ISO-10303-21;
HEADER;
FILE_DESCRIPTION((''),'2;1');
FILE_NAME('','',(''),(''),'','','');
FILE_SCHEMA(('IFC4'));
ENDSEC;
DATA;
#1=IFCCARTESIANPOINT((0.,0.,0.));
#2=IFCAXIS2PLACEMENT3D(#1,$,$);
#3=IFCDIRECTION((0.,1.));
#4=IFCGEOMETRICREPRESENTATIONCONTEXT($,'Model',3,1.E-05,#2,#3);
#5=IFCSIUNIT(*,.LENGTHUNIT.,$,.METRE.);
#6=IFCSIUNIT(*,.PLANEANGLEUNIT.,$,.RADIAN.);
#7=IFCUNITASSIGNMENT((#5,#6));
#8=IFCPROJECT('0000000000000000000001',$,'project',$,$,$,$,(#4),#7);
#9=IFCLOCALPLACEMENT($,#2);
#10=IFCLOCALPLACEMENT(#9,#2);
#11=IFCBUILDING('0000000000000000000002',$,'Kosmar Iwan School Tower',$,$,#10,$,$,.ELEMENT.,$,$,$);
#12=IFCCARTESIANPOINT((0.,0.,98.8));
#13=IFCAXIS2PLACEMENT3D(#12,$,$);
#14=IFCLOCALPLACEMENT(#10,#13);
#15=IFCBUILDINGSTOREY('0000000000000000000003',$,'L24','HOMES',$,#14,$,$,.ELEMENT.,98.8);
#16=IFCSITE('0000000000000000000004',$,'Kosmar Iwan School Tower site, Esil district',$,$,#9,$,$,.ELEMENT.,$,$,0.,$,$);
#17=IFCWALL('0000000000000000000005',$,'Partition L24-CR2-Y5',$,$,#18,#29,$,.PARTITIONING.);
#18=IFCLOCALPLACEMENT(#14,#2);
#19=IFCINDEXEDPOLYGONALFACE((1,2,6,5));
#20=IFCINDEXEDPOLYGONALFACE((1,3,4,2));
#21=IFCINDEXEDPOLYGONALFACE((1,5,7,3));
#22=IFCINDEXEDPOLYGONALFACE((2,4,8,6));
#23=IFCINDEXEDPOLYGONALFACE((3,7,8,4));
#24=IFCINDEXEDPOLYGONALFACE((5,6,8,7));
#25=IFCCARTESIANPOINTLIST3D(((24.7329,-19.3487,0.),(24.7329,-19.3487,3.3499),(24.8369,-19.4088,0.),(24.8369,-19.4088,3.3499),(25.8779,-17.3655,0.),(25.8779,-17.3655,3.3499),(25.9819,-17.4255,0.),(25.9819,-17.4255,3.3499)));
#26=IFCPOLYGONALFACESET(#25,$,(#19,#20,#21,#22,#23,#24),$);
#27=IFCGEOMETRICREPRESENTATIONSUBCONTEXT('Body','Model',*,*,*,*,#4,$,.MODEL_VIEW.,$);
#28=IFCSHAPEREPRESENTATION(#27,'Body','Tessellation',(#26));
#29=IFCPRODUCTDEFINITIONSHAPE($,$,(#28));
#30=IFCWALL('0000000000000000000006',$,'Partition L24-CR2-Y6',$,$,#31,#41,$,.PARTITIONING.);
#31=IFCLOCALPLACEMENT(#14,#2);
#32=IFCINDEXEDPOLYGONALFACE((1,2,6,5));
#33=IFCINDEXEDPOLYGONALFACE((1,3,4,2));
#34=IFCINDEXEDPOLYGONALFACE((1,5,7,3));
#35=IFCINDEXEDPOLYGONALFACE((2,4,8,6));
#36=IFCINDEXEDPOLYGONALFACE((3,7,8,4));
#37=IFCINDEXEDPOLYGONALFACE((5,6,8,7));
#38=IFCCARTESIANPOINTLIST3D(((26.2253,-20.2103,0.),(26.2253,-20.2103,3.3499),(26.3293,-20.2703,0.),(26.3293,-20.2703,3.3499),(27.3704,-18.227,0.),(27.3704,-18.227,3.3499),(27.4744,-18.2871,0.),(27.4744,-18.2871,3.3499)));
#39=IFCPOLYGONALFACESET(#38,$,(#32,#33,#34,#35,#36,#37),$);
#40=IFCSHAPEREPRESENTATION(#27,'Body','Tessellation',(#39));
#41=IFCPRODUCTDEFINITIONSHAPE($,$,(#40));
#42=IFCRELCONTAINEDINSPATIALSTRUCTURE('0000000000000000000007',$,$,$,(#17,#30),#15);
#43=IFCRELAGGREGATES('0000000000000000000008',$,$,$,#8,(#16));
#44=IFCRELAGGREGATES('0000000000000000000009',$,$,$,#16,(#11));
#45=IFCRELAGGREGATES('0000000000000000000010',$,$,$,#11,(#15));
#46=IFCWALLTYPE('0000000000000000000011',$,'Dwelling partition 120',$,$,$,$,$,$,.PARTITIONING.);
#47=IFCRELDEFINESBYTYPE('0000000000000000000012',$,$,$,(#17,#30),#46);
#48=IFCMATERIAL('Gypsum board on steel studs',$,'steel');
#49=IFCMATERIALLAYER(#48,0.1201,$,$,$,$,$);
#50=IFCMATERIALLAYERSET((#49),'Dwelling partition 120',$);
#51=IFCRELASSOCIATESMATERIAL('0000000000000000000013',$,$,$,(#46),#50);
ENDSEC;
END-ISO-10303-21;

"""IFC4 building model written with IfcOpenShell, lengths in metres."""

from ifc_helpers import new_model, si_unit, direction, frame, frame_2d, origin, place, context, subcontext, project, spatial, rectangle, extrude, material, layer, layer_set, type_object, element, save


model = new_model("IFC4")

# Units and contexts
model_context = context("Model", 3, precision=1e-05, world=origin(), true_north=direction((0.0, 1.0)))
body_context = subcontext(model_context, "Body", "Model", "MODEL_VIEW")
ifc_project = project(units=[si_unit("LENGTHUNIT", "METRE"), si_unit("PLANEANGLEUNIT", "RADIAN")], contexts=[model_context])

# Site, building, storey
site_placement = place(None, origin())
site = spatial("IfcSite", under=ifc_project, at=site_placement, Name="Kosmar Iwan School Tower site, Esil district", CompositionType="ELEMENT", RefElevation=0.0)
building_placement = place(site_placement, origin())
building = spatial("IfcBuilding", under=site, at=building_placement, Name="Kosmar Iwan School Tower", CompositionType="ELEMENT")
storey_placement = place(building_placement, frame((0.0, 0.0, 98.8)))
storey = spatial("IfcBuildingStorey", under=building, at=storey_placement, Name="L24", Description="HOMES", CompositionType="ELEMENT", Elevation=98.8)

# Shared definitions
ifc_material_1 = material(Name="Gypsum board on steel studs", Category="steel")
ifc_layer_1 = layer(ifc_material_1, 0.1201)
ifc_layer_set_1 = layer_set([ifc_layer_1], Name="Dwelling partition 120")
wall_type = type_object("IfcWallType", Name="Dwelling partition 120", PredefinedType="PARTITIONING", material=ifc_layer_set_1)

# Walls
for number, where, z_axis, x_axis, name in (
    (1, (25.9299, -17.3955, 0.0), (0.0, 0.0, 1.0), (-0.500015, -0.866017, 0.0), "Partition L24-CR2-Y5"),
    (2, (27.4224, -18.2571, 0.0), (0.0, 0.0, 1.0), (-0.500015, -0.866017, 0.0), "Partition L24-CR2-Y6"),
):
    element("IfcWall", number, at=place(storey_placement, frame(where, z_axis=z_axis, x_axis=x_axis)), inside=storey, type_object=wall_type, Name=name, PredefinedType="PARTITIONING", context=body_context, shape_type="SweptSolid", body=[
        extrude(rectangle(XDim=2.29, YDim=0.1201, at=frame_2d((1.145, 0.0))), origin(), (0.0, 0.0, 1.0), 3.3499),
    ])

save(model, "model.ifc")
